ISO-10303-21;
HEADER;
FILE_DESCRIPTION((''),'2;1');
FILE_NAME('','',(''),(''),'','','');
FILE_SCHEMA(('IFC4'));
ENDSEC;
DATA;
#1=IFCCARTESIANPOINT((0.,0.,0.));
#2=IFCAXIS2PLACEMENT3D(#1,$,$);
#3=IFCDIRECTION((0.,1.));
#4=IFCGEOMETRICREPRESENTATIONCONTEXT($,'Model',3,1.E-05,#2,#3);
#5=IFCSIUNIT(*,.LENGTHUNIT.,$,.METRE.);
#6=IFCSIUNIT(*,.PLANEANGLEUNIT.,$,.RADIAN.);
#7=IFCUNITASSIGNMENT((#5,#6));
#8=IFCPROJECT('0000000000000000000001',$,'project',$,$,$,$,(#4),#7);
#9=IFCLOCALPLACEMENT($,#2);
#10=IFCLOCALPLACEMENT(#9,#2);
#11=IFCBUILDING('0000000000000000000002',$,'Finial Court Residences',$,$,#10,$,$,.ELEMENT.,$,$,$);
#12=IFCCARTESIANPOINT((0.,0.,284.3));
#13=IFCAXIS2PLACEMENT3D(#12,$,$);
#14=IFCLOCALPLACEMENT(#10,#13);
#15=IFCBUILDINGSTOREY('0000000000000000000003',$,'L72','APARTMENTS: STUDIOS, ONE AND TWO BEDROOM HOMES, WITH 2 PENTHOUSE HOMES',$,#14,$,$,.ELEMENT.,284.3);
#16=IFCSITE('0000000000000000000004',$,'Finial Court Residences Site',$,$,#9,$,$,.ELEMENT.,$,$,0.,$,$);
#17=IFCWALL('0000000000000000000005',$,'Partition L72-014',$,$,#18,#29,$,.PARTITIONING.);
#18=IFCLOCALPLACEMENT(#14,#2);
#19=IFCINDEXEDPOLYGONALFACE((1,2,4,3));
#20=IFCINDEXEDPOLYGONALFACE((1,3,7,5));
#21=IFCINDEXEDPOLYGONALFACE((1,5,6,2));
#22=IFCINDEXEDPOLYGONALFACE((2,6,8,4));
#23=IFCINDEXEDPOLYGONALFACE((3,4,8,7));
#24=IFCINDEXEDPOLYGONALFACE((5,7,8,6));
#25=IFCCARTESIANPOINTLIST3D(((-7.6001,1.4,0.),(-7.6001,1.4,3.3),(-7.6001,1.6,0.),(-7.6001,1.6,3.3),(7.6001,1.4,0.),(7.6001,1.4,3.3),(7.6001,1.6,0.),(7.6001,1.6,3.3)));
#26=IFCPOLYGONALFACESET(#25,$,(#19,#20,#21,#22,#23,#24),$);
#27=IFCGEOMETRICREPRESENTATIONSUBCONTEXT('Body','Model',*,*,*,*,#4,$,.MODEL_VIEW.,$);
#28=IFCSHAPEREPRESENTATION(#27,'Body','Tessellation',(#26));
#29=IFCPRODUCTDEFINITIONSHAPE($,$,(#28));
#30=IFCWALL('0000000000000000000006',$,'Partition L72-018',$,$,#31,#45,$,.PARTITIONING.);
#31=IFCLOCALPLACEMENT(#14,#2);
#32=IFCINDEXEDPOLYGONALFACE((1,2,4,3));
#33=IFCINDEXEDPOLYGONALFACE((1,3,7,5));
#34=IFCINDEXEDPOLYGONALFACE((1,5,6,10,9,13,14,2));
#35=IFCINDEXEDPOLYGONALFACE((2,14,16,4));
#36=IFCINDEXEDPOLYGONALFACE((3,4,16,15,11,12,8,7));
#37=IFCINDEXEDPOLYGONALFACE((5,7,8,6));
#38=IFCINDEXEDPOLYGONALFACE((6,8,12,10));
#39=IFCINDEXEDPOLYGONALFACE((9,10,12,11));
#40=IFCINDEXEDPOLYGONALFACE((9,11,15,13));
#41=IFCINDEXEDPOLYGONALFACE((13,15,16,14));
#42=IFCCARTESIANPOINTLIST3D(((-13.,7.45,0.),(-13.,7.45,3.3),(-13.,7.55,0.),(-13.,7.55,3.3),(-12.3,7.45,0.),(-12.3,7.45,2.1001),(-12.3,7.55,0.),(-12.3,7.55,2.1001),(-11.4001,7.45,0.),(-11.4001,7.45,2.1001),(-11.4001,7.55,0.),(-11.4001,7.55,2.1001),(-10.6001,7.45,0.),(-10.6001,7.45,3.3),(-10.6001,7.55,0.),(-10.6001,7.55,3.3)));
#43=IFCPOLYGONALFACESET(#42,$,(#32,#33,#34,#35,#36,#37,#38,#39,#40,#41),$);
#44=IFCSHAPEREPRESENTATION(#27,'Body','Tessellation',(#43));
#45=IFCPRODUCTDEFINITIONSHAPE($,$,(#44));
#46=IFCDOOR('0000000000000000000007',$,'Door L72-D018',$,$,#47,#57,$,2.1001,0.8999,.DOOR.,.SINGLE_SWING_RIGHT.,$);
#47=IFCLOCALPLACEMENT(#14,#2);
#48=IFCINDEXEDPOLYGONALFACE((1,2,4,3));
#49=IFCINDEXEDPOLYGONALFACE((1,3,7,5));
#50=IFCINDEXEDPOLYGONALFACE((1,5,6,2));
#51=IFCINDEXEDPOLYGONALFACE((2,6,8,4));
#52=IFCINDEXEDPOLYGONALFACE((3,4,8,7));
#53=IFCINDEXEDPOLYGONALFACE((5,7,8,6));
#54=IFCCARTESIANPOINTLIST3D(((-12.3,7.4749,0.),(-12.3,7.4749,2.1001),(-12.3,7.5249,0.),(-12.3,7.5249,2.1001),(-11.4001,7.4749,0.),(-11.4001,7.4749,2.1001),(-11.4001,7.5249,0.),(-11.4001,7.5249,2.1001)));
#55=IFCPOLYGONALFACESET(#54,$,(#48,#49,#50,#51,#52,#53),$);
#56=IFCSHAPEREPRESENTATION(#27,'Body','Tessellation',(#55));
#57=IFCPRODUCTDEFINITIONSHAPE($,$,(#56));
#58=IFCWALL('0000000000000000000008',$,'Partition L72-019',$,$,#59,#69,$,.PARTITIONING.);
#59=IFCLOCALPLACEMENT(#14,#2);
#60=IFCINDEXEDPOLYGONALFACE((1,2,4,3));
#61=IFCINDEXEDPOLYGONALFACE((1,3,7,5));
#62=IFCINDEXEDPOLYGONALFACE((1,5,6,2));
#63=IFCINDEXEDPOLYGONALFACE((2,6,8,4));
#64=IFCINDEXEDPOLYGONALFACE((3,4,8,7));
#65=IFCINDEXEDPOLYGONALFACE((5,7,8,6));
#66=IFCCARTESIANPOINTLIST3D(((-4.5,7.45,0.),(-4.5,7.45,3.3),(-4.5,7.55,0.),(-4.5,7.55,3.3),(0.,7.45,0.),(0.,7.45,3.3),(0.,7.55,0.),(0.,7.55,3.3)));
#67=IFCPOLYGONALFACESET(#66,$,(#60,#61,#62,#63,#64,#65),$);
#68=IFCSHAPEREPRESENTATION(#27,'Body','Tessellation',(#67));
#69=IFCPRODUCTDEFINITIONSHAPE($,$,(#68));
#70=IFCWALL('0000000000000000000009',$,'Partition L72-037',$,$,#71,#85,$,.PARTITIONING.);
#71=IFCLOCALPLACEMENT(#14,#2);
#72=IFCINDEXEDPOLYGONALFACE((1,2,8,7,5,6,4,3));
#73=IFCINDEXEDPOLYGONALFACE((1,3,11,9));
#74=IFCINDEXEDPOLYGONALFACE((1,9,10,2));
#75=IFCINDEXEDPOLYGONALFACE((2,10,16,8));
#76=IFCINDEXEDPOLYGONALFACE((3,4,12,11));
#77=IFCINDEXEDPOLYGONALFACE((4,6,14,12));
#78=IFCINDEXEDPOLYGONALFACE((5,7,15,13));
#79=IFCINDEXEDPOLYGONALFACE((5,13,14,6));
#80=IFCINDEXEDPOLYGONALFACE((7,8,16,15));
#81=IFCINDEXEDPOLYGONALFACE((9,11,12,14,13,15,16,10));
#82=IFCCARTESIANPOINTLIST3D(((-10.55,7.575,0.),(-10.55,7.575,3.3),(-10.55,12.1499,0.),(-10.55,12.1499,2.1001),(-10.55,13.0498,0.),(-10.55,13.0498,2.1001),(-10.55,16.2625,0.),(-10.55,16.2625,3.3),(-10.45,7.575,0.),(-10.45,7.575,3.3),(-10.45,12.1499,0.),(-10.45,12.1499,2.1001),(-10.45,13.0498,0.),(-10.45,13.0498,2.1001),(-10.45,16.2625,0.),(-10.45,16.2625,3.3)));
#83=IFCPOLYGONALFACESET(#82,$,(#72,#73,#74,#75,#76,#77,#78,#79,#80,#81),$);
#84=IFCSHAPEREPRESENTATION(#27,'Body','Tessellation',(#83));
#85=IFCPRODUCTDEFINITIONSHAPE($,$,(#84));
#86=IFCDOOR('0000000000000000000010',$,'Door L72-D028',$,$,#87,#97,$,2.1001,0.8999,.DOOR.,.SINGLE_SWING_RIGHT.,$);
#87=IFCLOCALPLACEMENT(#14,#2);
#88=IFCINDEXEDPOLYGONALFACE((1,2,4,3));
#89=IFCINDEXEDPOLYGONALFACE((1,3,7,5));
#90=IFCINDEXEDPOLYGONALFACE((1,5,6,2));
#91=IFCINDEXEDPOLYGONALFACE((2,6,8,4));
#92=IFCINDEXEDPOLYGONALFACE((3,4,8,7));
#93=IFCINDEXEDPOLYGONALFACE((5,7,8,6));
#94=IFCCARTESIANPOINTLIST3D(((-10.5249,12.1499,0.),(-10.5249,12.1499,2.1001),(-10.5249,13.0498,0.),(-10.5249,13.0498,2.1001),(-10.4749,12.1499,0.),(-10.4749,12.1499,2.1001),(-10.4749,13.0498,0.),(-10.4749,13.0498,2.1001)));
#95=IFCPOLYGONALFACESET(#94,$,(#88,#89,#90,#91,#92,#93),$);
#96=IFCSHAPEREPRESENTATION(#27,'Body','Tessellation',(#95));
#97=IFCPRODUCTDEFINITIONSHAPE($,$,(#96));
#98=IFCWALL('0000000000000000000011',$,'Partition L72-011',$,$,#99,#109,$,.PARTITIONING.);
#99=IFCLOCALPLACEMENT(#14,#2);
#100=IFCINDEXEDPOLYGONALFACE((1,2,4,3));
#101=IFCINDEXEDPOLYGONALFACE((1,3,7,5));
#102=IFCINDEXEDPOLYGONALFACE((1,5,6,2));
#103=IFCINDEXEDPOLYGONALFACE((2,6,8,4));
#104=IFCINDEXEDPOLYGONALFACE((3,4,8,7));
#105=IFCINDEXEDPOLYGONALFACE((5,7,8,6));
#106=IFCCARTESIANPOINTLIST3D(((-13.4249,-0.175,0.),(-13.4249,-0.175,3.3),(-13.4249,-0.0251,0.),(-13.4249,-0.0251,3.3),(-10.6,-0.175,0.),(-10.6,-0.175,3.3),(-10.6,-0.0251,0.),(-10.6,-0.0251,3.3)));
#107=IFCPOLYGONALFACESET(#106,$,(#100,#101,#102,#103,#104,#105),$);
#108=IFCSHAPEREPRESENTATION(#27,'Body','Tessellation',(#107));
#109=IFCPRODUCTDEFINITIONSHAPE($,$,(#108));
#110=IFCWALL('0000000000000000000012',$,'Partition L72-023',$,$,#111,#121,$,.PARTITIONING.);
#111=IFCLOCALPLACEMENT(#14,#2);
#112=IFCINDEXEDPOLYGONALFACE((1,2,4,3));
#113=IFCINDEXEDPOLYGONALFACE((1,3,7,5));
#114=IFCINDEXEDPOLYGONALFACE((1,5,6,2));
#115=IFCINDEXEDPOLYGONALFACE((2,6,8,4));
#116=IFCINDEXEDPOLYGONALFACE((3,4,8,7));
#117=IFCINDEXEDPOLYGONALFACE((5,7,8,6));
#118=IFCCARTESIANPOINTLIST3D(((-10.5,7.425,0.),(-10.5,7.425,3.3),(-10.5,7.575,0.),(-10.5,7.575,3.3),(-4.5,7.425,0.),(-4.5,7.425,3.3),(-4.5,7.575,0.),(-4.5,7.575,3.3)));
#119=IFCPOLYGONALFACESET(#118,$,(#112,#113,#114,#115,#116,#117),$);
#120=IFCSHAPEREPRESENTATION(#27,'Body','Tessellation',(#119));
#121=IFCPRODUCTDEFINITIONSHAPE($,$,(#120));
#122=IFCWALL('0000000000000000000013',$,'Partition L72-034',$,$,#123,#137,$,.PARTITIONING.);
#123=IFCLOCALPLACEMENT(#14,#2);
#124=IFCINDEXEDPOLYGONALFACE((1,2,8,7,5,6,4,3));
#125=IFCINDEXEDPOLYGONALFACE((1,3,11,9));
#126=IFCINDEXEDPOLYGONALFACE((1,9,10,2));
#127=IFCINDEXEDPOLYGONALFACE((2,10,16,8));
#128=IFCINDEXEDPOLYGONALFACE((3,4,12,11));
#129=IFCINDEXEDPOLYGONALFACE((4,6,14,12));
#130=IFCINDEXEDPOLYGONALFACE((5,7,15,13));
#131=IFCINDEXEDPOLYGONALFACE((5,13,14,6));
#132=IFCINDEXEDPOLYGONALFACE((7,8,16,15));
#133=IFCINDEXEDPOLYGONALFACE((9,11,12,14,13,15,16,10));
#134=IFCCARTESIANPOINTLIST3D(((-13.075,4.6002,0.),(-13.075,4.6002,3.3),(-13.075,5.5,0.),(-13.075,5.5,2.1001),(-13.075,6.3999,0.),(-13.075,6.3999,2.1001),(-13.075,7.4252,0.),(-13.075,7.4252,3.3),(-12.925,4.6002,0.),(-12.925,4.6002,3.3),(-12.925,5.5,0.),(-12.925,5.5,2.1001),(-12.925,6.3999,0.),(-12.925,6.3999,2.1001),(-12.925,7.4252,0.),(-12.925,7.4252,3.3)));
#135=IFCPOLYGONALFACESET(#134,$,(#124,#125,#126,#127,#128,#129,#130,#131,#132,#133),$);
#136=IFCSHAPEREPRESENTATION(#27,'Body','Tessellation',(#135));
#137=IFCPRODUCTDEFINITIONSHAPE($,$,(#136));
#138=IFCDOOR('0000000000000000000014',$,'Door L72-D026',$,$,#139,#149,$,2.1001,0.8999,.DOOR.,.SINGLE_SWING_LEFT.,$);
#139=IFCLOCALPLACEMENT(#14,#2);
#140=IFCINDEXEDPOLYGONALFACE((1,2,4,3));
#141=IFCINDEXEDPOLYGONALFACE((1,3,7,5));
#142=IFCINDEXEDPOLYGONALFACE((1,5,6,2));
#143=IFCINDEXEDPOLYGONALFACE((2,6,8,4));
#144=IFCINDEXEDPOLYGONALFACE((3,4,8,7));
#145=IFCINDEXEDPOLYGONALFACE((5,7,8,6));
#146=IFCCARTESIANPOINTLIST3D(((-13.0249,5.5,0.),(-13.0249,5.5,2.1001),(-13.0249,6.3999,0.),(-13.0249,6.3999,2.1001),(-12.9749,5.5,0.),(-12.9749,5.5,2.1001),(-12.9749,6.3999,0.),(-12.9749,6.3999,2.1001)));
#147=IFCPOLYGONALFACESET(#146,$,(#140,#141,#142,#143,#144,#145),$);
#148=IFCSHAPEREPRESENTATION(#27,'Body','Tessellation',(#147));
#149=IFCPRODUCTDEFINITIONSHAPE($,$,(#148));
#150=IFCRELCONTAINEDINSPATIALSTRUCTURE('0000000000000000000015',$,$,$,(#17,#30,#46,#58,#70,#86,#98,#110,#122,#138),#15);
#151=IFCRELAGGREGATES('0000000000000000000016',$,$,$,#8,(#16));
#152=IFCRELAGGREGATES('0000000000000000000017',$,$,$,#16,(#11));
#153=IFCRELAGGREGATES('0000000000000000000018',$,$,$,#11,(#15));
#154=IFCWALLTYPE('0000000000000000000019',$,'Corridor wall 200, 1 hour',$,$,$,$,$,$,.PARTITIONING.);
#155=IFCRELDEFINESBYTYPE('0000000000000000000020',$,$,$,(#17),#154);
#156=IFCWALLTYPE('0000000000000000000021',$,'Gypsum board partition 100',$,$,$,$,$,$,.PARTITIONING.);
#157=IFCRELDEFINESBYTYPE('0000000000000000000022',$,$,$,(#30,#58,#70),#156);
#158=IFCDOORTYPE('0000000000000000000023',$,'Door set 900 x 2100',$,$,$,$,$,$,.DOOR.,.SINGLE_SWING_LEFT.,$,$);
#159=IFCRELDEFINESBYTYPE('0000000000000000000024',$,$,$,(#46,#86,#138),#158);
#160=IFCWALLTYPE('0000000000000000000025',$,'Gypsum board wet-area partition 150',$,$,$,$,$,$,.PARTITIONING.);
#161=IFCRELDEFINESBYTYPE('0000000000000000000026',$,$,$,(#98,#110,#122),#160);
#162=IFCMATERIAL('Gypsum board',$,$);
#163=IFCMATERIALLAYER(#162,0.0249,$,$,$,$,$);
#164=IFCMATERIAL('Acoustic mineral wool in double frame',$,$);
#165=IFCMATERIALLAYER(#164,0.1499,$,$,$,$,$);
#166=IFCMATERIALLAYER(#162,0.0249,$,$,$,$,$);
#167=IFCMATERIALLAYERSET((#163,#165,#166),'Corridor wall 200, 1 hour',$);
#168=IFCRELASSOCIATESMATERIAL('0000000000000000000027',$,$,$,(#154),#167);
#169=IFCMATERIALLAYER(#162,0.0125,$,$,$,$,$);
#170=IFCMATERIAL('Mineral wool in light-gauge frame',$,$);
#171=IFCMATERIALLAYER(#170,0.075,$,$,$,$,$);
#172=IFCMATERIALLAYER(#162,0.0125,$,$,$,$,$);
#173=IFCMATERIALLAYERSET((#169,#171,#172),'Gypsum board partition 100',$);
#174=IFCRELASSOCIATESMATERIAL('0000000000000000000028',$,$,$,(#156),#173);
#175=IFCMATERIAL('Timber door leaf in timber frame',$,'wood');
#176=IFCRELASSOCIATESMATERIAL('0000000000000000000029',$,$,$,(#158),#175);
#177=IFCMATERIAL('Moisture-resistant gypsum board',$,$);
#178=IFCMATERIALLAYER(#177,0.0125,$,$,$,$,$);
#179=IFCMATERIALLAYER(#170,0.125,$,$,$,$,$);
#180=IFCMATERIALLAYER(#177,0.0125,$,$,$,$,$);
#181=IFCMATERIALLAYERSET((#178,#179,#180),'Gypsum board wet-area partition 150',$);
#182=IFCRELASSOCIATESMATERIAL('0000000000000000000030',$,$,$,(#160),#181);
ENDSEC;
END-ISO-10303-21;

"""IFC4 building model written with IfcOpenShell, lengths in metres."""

from ifc_helpers import new_model, si_unit, direction, frame, frame_2d, origin, place, context, subcontext, project, spatial, rectangle, extrude, material, layer, layer_set, type_object, element, fill, save


model = new_model("IFC4")

# Units and contexts
model_context = context("Model", 3, precision=1e-05, world=origin(), true_north=direction((0.0, 1.0)))
body_context = subcontext(model_context, "Body", "Model", "MODEL_VIEW")
ifc_project = project(units=[si_unit("LENGTHUNIT", "METRE"), si_unit("PLANEANGLEUNIT", "RADIAN")], contexts=[model_context])

# Site, building, storey
site_placement = place(None, origin())
site = spatial("IfcSite", under=ifc_project, at=site_placement, Name="Finial Court Residences Site", CompositionType="ELEMENT", RefElevation=0.0)
building_placement = place(site_placement, origin())
building = spatial("IfcBuilding", under=site, at=building_placement, Name="Finial Court Residences", CompositionType="ELEMENT")
storey_placement = place(building_placement, frame((0.0, 0.0, 284.3)))
storey = spatial("IfcBuildingStorey", under=building, at=storey_placement, Name="L72", Description="APARTMENTS: STUDIOS, ONE AND TWO BEDROOM HOMES, WITH 2 PENTHOUSE HOMES", CompositionType="ELEMENT", Elevation=284.3)

# Wall
ifc_material_1 = material(Name="Gypsum board")
ifc_material_2 = material(Name="Acoustic mineral wool in double frame")
ifc_layer_1 = layer(ifc_material_1, 0.0249)
ifc_layer_2 = layer(ifc_material_2, 0.1499)
ifc_layer_3 = layer(ifc_material_1, 0.0249)
ifc_layer_set_1 = layer_set([ifc_layer_1, ifc_layer_2, ifc_layer_3], Name="Corridor wall 200, 1 hour")
wall_type_1 = type_object("IfcWallType", Name="Corridor wall 200, 1 hour", PredefinedType="PARTITIONING", material=ifc_layer_set_1)
wall_1_placement = place(storey_placement, frame((-7.6001, 1.5, 0.0), z_axis=(0.0, 0.0, 1.0), x_axis=(1.0, 0.0, 0.0)))
element("IfcWall", 1, at=wall_1_placement, inside=storey, type_object=wall_type_1, Name="Partition L72-014", PredefinedType="PARTITIONING", context=body_context, shape_type="SweptSolid", body=[
    extrude(rectangle(XDim=15.2002, YDim=0.2, at=frame_2d((7.6001, 0.0))), origin(), (0.0, 0.0, 1.0), 3.3),
])

# Wall, opening, door
ifc_layer_4 = layer(ifc_material_1, 0.0125)
ifc_material_3 = material(Name="Mineral wool in light-gauge frame")
ifc_layer_5 = layer(ifc_material_3, 0.075)
ifc_layer_6 = layer(ifc_material_1, 0.0125)
ifc_layer_set_2 = layer_set([ifc_layer_4, ifc_layer_5, ifc_layer_6], Name="Gypsum board partition 100")
wall_type_2 = type_object("IfcWallType", Name="Gypsum board partition 100", PredefinedType="PARTITIONING", material=ifc_layer_set_2)
wall_2_placement = place(storey_placement, frame((-13.0, 7.5, 0.0), z_axis=(0.0, 0.0, 1.0), x_axis=(1.0, 0.0, 0.0)))
wall_2 = element("IfcWall", 2, at=wall_2_placement, inside=storey, type_object=wall_type_2, Name="Partition L72-018", PredefinedType="PARTITIONING", context=body_context, shape_type="SweptSolid", body=[
    extrude(rectangle(XDim=2.3999, YDim=0.1001, at=frame_2d((1.2, 0.0))), origin(), (0.0, 0.0, 1.0), 3.3),
])
opening_1_placement = place(wall_2_placement, frame((0.7, 0.0, 0.0)))
opening_1 = element("IfcOpeningElement", 3, at=opening_1_placement, cuts=wall_2, PredefinedType="OPENING", context=body_context, shape_type="SweptSolid", body=[
    extrude(rectangle(XDim=0.8999, YDim=2.1001, at=frame_2d((0.45, 1.05))), frame((0.0, 0.0601, 0.0), z_axis=(0.0, -1.0, 0.0), x_axis=(1.0, 0.0, 0.0)), (0.0, 0.0, 1.0), 0.1201),
])
ifc_material_4 = material(Name="Timber door leaf in timber frame", Category="wood")
door_type = type_object("IfcDoorType", Name="Door set 900 x 2100", OperationType="SINGLE_SWING_LEFT", PredefinedType="DOOR", material=ifc_material_4)
door_1_placement = place(opening_1_placement, origin())
door_1 = element("IfcDoor", 4, at=door_1_placement, inside=storey, type_object=door_type, Name="Door L72-D018", OperationType="SINGLE_SWING_RIGHT", OverallHeight=2.1001, OverallWidth=0.8999, PredefinedType="DOOR", context=body_context, shape_type="SweptSolid", body=[
    extrude(rectangle(XDim=0.8999, YDim=2.1001, at=frame_2d((0.45, 1.05))), frame((0.0, 0.0249, 0.0), z_axis=(0.0, -1.0, 0.0), x_axis=(1.0, 0.0, 0.0)), (0.0, 0.0, 1.0), 0.05),
])
fill(opening_1, door_1)

# Wall
wall_3_placement = place(storey_placement, frame((-4.5, 7.5, 0.0), z_axis=(0.0, 0.0, 1.0), x_axis=(1.0, 0.0, 0.0)))
element("IfcWall", 5, at=wall_3_placement, inside=storey, type_object=wall_type_2, Name="Partition L72-019", PredefinedType="PARTITIONING", context=body_context, shape_type="SweptSolid", body=[
    extrude(rectangle(XDim=4.5, YDim=0.1001, at=frame_2d((2.25, 0.0))), origin(), (0.0, 0.0, 1.0), 3.3),
])

# Wall, opening, door
wall_4_placement = place(storey_placement, frame((-10.5, 7.575, 0.0), z_axis=(0.0, 0.0, 1.0), x_axis=(0.0, 1.0, 0.0)))
wall_4 = element("IfcWall", 6, at=wall_4_placement, inside=storey, type_object=wall_type_2, Name="Partition L72-037", PredefinedType="PARTITIONING", context=body_context, shape_type="SweptSolid", body=[
    extrude(rectangle(XDim=8.6875, YDim=0.1001, at=frame_2d((4.3438, 0.0))), origin(), (0.0, 0.0, 1.0), 3.3),
])
opening_2_placement = place(wall_4_placement, frame((4.575, 0.0, 0.0)))
opening_2 = element("IfcOpeningElement", 7, at=opening_2_placement, cuts=wall_4, PredefinedType="OPENING", context=body_context, shape_type="SweptSolid", body=[
    extrude(rectangle(XDim=0.8999, YDim=2.1001, at=frame_2d((0.45, 1.05))), frame((0.0, 0.0601, 0.0), z_axis=(0.0, -1.0, 0.0), x_axis=(1.0, 0.0, 0.0)), (0.0, 0.0, 1.0), 0.1201),
])
door_2_placement = place(opening_2_placement, origin())
door_2 = element("IfcDoor", 8, at=door_2_placement, inside=storey, type_object=door_type, Name="Door L72-D028", OperationType="SINGLE_SWING_RIGHT", OverallHeight=2.1001, OverallWidth=0.8999, PredefinedType="DOOR", context=body_context, shape_type="SweptSolid", body=[
    extrude(rectangle(XDim=0.8999, YDim=2.1001, at=frame_2d((0.45, 1.05))), frame((0.0, 0.0249, 0.0), z_axis=(0.0, -1.0, 0.0), x_axis=(1.0, 0.0, 0.0)), (0.0, 0.0, 1.0), 0.05),
])
fill(opening_2, door_2)

# Walls
ifc_material_5 = material(Name="Moisture-resistant gypsum board")
ifc_layer_7 = layer(ifc_material_5, 0.0125)
ifc_layer_8 = layer(ifc_material_3, 0.125)
ifc_layer_9 = layer(ifc_material_5, 0.0125)
ifc_layer_set_3 = layer_set([ifc_layer_7, ifc_layer_8, ifc_layer_9], Name="Gypsum board wet-area partition 150")
wall_type_3 = type_object("IfcWallType", Name="Gypsum board wet-area partition 150", PredefinedType="PARTITIONING", material=ifc_layer_set_3)
wall_5_placement = place(storey_placement, frame((-13.425, -0.1001, 0.0), z_axis=(0.0, 0.0, 1.0), x_axis=(1.0, 0.0, 0.0)))
element("IfcWall", 9, at=wall_5_placement, inside=storey, type_object=wall_type_3, Name="Partition L72-011", PredefinedType="PARTITIONING", context=body_context, shape_type="SweptSolid", body=[
    extrude(rectangle(XDim=2.825, YDim=0.1499, at=frame_2d((1.4126, 0.0))), origin(), (0.0, 0.0, 1.0), 3.3),
])
wall_6_placement = place(storey_placement, frame((-10.5, 7.5, 0.0), z_axis=(0.0, 0.0, 1.0), x_axis=(1.0, 0.0, 0.0)))
element("IfcWall", 10, at=wall_6_placement, inside=storey, type_object=wall_type_3, Name="Partition L72-023", PredefinedType="PARTITIONING", context=body_context, shape_type="SweptSolid", body=[
    extrude(rectangle(XDim=6.0, YDim=0.1499, at=frame_2d((3.0, 0.0))), origin(), (0.0, 0.0, 1.0), 3.3),
])

# Wall, opening, door
wall_7_placement = place(storey_placement, frame((-13.0, 4.6001, 0.0), z_axis=(0.0, 0.0, 1.0), x_axis=(0.0, 1.0, 0.0)))
wall_7 = element("IfcWall", 11, at=wall_7_placement, inside=storey, type_object=wall_type_3, Name="Partition L72-034", PredefinedType="PARTITIONING", context=body_context, shape_type="SweptSolid", body=[
    extrude(rectangle(XDim=2.825, YDim=0.1499, at=frame_2d((1.4126, 0.0))), origin(), (0.0, 0.0, 1.0), 3.3),
])
opening_3_placement = place(wall_7_placement, frame((0.8999, 0.0, 0.0)))
opening_3 = element("IfcOpeningElement", 12, at=opening_3_placement, cuts=wall_7, PredefinedType="OPENING", context=body_context, shape_type="SweptSolid", body=[
    extrude(rectangle(XDim=0.8999, YDim=2.1001, at=frame_2d((0.45, 1.05))), frame((0.0, 0.085, 0.0), z_axis=(0.0, -1.0, 0.0), x_axis=(1.0, 0.0, 0.0)), (0.0, 0.0, 1.0), 0.1699),
])
door_3_placement = place(opening_3_placement, origin())
door_3 = element("IfcDoor", 13, at=door_3_placement, inside=storey, type_object=door_type, Name="Door L72-D026", OperationType="SINGLE_SWING_LEFT", OverallHeight=2.1001, OverallWidth=0.8999, PredefinedType="DOOR", context=body_context, shape_type="SweptSolid", body=[
    extrude(rectangle(XDim=0.8999, YDim=2.1001, at=frame_2d((0.45, 1.05))), frame((0.0, 0.0249, 0.0), z_axis=(0.0, -1.0, 0.0), x_axis=(1.0, 0.0, 0.0)), (0.0, 0.0, 1.0), 0.05),
])
fill(opening_3, door_3)

save(model, "model.ifc")
